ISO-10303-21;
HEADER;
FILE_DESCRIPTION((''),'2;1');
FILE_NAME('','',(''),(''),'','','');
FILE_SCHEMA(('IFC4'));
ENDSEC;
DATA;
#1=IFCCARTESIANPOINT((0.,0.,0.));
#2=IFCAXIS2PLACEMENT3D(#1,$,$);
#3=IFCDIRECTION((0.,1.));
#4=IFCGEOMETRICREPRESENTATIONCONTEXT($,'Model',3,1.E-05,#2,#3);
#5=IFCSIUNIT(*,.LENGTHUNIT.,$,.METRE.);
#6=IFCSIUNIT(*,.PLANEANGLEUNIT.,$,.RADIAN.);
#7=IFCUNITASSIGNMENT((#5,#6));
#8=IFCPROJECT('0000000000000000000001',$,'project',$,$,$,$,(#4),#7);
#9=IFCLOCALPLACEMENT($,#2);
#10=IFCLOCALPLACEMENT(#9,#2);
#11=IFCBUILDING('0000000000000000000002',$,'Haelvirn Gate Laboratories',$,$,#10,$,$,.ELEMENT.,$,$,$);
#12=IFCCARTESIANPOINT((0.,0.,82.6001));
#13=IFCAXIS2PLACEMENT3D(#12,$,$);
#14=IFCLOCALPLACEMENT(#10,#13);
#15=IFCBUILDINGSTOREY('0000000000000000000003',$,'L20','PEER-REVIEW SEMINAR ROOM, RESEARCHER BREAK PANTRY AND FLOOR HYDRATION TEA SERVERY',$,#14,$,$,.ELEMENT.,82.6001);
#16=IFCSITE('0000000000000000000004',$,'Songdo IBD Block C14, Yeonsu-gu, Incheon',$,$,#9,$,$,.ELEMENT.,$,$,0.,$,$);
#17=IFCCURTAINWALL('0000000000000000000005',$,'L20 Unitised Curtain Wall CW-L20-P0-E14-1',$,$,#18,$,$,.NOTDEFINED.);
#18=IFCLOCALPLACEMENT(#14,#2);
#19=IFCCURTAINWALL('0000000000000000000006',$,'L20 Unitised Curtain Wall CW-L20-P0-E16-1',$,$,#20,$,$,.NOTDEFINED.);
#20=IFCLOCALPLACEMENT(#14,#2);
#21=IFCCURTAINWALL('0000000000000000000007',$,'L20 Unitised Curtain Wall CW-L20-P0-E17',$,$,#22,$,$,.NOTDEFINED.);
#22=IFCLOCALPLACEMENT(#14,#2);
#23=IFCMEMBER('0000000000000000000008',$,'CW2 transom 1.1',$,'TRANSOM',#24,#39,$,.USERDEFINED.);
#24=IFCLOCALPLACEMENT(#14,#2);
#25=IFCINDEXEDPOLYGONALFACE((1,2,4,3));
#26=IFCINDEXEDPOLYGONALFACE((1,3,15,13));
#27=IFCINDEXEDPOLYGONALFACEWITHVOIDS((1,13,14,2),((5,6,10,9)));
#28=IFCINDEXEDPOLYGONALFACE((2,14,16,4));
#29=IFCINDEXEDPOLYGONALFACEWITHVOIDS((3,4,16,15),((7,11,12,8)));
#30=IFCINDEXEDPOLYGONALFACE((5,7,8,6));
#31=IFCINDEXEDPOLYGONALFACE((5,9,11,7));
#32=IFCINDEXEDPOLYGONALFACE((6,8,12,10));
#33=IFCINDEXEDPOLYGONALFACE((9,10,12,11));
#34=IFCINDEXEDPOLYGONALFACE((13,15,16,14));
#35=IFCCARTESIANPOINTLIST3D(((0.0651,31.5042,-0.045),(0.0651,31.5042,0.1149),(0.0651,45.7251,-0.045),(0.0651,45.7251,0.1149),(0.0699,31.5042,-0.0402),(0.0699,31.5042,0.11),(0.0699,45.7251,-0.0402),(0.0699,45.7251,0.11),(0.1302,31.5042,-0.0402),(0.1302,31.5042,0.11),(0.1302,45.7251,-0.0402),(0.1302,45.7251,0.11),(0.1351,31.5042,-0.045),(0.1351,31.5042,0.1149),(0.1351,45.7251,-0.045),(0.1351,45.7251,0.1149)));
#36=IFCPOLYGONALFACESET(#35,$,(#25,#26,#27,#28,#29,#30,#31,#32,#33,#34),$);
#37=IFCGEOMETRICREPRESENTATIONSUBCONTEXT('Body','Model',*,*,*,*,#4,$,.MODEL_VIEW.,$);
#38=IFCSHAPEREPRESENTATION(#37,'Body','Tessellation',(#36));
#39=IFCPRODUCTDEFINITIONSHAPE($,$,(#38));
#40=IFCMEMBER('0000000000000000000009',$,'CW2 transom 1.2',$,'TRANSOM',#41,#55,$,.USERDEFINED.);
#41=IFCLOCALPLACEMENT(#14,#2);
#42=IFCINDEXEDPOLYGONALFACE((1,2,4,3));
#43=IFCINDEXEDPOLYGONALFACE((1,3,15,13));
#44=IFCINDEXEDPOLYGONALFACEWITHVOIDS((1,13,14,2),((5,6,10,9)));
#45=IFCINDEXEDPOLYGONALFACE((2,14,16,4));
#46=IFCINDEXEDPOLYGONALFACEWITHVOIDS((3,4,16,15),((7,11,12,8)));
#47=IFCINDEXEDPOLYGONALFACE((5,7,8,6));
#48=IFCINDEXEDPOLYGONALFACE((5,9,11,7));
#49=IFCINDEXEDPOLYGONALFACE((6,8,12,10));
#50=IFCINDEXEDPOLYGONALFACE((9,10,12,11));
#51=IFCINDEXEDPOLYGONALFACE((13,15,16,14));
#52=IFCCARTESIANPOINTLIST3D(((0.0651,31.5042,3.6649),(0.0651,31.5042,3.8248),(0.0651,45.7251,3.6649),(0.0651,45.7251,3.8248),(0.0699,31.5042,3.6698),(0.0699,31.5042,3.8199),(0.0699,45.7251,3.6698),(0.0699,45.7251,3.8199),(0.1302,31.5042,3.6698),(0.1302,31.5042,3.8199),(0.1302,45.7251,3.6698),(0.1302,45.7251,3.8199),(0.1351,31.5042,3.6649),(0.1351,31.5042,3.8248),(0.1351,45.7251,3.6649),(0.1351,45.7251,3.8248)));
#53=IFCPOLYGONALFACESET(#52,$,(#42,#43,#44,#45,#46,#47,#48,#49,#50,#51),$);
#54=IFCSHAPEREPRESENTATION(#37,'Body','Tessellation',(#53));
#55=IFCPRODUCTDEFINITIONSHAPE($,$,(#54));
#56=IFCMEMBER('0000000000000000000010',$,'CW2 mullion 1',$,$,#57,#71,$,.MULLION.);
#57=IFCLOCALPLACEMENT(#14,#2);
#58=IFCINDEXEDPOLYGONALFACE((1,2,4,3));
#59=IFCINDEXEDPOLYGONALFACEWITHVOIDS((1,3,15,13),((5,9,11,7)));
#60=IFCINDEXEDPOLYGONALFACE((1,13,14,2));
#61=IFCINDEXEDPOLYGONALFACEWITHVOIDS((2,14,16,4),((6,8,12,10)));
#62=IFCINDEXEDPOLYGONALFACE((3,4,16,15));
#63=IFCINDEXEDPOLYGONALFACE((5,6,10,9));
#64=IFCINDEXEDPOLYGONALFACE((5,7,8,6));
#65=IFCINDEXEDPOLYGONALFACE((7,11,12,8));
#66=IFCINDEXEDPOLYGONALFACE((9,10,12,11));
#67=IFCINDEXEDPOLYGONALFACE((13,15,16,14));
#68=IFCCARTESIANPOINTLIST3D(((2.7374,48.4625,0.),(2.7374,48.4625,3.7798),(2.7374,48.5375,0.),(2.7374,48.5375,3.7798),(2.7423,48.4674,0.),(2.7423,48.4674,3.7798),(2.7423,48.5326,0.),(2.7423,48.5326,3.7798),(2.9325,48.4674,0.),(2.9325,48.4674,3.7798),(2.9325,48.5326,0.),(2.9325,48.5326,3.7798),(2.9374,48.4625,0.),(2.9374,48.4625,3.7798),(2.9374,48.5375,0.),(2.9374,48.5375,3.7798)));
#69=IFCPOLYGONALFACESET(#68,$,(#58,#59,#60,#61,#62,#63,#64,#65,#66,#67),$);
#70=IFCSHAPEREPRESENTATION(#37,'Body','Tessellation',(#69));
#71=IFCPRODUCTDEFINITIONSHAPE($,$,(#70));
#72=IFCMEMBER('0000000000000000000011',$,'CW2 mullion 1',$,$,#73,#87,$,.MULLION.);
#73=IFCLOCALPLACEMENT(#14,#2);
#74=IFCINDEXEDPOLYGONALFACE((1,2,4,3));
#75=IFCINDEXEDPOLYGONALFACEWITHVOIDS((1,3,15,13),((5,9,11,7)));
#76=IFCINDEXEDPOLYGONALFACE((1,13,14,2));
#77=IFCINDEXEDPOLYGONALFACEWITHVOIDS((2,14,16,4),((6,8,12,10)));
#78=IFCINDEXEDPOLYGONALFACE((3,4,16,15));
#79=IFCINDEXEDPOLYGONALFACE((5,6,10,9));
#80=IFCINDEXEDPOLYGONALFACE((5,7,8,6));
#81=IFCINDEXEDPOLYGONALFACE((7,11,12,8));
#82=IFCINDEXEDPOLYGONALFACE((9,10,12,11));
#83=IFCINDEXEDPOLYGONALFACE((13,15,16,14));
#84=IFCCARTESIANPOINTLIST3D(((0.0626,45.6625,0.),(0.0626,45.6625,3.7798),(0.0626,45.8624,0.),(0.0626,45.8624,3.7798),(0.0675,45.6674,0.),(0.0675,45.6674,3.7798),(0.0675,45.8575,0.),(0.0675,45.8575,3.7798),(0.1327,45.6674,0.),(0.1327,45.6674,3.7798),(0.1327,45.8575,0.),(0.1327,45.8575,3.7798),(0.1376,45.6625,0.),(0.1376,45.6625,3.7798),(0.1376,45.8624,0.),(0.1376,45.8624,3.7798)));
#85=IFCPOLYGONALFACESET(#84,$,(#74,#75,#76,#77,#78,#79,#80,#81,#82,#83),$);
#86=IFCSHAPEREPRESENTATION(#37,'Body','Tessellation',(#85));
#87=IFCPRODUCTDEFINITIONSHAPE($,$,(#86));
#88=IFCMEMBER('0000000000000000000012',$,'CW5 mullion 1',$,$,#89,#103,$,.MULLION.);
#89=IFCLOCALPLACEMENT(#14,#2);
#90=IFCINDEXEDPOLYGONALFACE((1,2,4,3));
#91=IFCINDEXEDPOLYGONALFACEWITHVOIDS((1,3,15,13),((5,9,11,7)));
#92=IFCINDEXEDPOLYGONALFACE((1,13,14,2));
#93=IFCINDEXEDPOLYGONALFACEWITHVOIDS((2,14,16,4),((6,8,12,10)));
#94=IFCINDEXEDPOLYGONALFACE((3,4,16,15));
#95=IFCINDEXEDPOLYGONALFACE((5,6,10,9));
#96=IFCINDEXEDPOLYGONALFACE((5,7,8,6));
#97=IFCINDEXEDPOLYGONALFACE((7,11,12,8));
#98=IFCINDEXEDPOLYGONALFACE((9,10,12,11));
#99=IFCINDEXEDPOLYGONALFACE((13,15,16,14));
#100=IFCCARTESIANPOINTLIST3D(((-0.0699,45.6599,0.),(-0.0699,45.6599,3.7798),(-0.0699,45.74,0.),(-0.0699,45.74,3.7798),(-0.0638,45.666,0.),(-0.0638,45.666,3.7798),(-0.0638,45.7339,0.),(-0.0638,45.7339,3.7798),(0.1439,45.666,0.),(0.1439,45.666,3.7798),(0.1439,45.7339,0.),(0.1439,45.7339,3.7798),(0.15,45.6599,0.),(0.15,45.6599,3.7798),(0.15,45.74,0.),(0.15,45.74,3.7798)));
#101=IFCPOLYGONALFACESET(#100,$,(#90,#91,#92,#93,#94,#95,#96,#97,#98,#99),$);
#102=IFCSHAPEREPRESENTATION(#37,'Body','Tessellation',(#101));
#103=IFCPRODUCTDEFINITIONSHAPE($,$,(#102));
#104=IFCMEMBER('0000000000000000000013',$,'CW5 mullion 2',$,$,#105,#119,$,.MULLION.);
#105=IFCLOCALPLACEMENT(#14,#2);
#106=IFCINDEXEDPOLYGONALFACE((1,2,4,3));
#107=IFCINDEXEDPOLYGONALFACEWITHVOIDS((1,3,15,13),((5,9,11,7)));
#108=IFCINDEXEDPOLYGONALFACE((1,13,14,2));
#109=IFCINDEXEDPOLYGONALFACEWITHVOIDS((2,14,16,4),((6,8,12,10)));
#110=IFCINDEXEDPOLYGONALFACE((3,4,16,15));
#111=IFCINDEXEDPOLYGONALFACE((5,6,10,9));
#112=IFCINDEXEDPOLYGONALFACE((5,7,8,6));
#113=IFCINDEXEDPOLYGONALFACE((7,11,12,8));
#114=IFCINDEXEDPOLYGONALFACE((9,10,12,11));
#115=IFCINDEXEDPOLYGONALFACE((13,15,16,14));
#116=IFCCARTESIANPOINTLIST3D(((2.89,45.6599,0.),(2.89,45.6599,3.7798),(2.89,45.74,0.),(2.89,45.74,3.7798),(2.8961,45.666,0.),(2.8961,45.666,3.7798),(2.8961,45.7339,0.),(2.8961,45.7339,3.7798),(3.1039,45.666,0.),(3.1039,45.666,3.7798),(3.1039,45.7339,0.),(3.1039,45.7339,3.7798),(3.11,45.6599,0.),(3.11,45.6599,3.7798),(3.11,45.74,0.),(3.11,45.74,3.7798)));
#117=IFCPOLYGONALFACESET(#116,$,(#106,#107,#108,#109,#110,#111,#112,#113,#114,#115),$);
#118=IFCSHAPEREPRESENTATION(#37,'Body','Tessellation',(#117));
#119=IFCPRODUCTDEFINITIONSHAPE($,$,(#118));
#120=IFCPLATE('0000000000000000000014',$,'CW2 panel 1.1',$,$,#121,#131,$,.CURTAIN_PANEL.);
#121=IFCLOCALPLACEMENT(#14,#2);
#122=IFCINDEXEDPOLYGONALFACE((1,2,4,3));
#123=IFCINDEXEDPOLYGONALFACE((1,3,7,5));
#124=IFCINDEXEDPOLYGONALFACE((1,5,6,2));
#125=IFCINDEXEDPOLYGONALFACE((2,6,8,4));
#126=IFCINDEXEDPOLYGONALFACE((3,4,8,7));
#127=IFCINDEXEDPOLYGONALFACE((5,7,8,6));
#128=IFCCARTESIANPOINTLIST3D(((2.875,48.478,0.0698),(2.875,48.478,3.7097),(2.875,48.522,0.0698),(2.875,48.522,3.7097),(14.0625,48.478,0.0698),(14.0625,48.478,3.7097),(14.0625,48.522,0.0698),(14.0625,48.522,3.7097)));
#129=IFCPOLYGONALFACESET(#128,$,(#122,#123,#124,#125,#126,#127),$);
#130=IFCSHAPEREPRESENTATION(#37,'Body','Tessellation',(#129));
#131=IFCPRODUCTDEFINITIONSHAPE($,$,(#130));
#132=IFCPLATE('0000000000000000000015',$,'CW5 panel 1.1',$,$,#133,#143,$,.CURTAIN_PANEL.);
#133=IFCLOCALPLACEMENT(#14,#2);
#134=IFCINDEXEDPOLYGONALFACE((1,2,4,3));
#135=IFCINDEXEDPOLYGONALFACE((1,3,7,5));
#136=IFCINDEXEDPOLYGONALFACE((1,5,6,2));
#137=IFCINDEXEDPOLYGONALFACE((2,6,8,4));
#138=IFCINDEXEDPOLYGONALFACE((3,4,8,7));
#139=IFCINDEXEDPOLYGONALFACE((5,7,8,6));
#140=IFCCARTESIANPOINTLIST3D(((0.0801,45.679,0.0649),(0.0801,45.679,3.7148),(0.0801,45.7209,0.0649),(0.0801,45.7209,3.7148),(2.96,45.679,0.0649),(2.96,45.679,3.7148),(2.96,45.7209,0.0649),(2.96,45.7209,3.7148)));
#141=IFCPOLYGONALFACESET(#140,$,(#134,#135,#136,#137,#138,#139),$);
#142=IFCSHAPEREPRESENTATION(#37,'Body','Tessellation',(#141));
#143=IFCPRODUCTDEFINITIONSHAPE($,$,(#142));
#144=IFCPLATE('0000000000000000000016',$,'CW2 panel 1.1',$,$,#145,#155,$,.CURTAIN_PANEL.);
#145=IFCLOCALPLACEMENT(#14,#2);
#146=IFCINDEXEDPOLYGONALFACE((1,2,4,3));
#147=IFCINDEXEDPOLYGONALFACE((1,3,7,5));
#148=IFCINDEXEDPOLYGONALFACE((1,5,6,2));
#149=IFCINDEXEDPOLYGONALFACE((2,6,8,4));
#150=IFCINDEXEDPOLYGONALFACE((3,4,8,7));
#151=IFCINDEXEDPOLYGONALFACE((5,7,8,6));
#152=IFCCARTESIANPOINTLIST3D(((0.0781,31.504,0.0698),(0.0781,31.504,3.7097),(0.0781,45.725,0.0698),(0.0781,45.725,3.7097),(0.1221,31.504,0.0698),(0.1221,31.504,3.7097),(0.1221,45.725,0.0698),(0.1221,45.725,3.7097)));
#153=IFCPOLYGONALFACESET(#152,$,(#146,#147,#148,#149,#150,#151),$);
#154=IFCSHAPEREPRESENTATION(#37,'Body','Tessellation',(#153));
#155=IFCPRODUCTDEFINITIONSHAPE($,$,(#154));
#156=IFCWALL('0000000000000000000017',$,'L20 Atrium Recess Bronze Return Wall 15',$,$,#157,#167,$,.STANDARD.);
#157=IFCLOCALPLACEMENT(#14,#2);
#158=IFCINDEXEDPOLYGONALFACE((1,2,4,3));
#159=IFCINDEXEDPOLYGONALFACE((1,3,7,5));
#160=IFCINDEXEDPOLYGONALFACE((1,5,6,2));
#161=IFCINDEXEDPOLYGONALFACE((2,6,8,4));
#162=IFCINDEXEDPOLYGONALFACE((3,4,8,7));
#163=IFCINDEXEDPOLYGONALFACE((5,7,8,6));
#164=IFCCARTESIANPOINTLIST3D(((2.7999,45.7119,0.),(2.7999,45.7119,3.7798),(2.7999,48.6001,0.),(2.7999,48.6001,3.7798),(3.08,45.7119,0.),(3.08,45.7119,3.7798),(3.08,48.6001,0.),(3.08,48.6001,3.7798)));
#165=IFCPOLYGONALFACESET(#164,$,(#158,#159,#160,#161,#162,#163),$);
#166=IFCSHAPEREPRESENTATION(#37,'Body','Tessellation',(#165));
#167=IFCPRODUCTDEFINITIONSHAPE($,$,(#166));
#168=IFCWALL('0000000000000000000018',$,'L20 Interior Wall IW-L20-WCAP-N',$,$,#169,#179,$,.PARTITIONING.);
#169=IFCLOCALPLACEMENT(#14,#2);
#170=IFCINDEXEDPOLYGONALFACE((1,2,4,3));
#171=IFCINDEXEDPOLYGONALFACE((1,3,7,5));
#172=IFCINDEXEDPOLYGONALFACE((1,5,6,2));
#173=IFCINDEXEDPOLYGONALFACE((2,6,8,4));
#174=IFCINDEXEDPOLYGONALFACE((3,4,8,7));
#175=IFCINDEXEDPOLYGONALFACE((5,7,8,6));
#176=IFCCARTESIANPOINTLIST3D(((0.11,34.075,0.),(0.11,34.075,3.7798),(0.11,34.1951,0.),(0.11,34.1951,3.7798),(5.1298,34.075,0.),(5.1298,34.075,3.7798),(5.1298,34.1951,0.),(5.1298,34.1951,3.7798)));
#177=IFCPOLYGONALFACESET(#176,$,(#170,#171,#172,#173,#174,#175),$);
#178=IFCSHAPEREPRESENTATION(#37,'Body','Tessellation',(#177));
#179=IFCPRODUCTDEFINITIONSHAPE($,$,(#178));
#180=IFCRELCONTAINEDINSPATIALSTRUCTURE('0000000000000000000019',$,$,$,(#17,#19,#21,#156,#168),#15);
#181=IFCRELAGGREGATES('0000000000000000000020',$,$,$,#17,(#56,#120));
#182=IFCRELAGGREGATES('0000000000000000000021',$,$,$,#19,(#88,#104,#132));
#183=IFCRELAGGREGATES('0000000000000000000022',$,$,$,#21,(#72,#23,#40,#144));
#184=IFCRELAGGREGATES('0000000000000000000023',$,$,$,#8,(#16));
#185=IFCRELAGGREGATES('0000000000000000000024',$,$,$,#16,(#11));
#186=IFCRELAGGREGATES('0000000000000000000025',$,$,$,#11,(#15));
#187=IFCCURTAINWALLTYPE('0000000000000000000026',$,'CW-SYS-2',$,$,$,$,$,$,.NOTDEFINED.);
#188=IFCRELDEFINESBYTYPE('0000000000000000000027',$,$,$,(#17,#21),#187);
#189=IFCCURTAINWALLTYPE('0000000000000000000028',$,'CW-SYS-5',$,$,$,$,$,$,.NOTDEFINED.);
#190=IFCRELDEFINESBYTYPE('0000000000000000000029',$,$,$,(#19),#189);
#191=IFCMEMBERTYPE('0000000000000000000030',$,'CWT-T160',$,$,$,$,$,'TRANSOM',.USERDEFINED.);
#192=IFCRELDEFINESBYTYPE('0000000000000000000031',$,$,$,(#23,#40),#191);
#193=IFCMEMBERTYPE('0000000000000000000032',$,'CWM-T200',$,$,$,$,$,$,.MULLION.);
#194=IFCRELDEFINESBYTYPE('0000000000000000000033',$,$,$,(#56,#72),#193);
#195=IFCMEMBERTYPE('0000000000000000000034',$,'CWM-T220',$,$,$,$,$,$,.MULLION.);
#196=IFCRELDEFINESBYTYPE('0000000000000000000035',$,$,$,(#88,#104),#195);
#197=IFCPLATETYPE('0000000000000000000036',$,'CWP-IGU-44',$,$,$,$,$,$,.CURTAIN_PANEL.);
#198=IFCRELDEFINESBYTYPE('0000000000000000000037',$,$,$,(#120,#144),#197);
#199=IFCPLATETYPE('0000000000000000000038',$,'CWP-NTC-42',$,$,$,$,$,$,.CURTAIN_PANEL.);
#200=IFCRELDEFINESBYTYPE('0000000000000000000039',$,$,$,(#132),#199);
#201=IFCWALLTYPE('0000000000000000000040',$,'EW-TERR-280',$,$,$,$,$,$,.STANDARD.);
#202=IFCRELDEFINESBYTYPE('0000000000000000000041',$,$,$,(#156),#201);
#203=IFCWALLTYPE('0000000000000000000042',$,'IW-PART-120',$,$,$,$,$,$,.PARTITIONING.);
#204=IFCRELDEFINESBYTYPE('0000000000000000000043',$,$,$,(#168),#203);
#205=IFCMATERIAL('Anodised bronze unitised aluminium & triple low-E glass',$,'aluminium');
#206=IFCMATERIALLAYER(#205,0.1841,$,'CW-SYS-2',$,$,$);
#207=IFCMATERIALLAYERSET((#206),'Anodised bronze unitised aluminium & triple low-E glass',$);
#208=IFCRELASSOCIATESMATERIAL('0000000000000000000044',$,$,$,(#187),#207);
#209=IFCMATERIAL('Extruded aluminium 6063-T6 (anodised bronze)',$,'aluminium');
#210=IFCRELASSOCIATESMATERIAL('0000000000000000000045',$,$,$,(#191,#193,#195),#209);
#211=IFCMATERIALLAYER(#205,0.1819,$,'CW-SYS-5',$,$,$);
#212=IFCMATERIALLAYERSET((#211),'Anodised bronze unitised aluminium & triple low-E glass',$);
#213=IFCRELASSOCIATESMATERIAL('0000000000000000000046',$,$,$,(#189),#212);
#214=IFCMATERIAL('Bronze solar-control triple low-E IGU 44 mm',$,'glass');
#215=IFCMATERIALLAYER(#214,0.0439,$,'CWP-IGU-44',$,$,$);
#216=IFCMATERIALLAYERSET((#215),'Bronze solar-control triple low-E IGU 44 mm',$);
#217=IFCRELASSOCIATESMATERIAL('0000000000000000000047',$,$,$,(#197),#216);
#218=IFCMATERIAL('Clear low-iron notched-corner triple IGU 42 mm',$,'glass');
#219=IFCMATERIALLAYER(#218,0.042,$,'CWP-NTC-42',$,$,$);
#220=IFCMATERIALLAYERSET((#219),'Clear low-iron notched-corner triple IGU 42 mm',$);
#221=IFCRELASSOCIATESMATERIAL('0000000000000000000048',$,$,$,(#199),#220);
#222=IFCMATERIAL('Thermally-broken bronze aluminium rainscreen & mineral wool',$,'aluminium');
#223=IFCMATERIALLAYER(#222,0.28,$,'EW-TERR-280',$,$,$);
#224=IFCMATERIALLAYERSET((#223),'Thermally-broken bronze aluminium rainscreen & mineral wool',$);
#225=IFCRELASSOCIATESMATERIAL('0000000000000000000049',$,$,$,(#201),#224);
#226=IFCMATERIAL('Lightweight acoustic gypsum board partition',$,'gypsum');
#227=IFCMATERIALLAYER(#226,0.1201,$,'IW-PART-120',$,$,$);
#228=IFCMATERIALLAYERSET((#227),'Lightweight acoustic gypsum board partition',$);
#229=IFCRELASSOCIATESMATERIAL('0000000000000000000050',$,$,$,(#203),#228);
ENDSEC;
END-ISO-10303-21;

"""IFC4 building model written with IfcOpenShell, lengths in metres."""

from ifc_helpers import new_model, si_unit, direction, frame, frame_2d, origin, origin_2d, place, context, subcontext, project, spatial, rectangle, hollow_rectangle, extrude, source, transform, mapped, material, layer, layer_set, material_profile, profile_set, type_object, type_shapes, element, aggregate, save


model = new_model("IFC4")

# Units and contexts
model_context = context("Model", 3, precision=1e-05, world=origin(), true_north=direction((0.0, 1.0)))
body_context = subcontext(model_context, "Body", "Model", "MODEL_VIEW")
ifc_project = project(units=[si_unit("LENGTHUNIT", "METRE"), si_unit("PLANEANGLEUNIT", "RADIAN")], contexts=[model_context])

# Site, building, storey
site_placement = place(None, origin())
site = spatial("IfcSite", under=ifc_project, at=site_placement, Name="Songdo IBD Block C14, Yeonsu-gu, Incheon", CompositionType="ELEMENT", RefElevation=0.0)
building_placement = place(site_placement, origin())
building = spatial("IfcBuilding", under=site, at=building_placement, Name="Haelvirn Gate Laboratories", CompositionType="ELEMENT")
storey_placement = place(building_placement, frame((0.0, 0.0, 82.6001)))
storey = spatial("IfcBuildingStorey", under=building, at=storey_placement, Name="L20", Description="PEER-REVIEW SEMINAR ROOM, RESEARCHER BREAK PANTRY AND FLOOR HYDRATION TEA SERVERY", CompositionType="ELEMENT", Elevation=82.6001)

# Curtain walls, members
ifc_material_1 = material(Name="Anodised bronze unitised aluminium & triple low-E glass", Category="aluminium")
ifc_layer_1 = layer(ifc_material_1, 0.1841, Name="CW-SYS-2")
ifc_layer_set_1 = layer_set([ifc_layer_1], Name="Anodised bronze unitised aluminium & triple low-E glass")
curtain_wall_type_1 = type_object("IfcCurtainWallType", Name="CW-SYS-2", PredefinedType="NOTDEFINED", material=ifc_layer_set_1)
curtain_wall_1_placement = place(storey_placement, origin())
curtain_wall_1 = element("IfcCurtainWall", 1, at=curtain_wall_1_placement, inside=storey, type_object=curtain_wall_type_1, Name="L20 Unitised Curtain Wall CW-L20-P0-E14-1", PredefinedType="NOTDEFINED")
ifc_material_2 = material(Name="Extruded aluminium 6063-T6 (anodised bronze)", Category="aluminium")
ifc_material_profile_1 = material_profile(ifc_material_2, hollow_rectangle(XDim=0.0701, YDim=0.1599, WallThickness=0.0049, at=origin_2d()), Name="CWT-160x70x5")
ifc_profile_set_1 = profile_set([ifc_material_profile_1], Name="Extruded aluminium 6063-T6 (anodised bronze)")
member_type_1 = type_object("IfcMemberType", Name="CWT-T160", ElementType="TRANSOM", PredefinedType="USERDEFINED", material=ifc_profile_set_1)
ifc_layer_2 = layer(ifc_material_1, 0.1819, Name="CW-SYS-5")
ifc_layer_set_2 = layer_set([ifc_layer_2], Name="Anodised bronze unitised aluminium & triple low-E glass")
curtain_wall_type_2 = type_object("IfcCurtainWallType", Name="CW-SYS-5", PredefinedType="NOTDEFINED", material=ifc_layer_set_2)
curtain_wall_2_placement = place(storey_placement, origin())
curtain_wall_2 = element("IfcCurtainWall", 2, at=curtain_wall_2_placement, inside=storey, type_object=curtain_wall_type_2, Name="L20 Unitised Curtain Wall CW-L20-P0-E16-1", PredefinedType="NOTDEFINED")
curtain_wall_3_placement = place(storey_placement, origin())
curtain_wall_3 = element("IfcCurtainWall", 3, at=curtain_wall_3_placement, inside=storey, type_object=curtain_wall_type_1, Name="L20 Unitised Curtain Wall CW-L20-P0-E17", PredefinedType="NOTDEFINED")
shared_shape_1 = source(origin(), body_context, "Body", "SweptSolid", [
    extrude(hollow_rectangle(XDim=0.0701, YDim=0.1599, WallThickness=0.0049, at=origin_2d()), origin(), (0.0, 0.0, 1.0), 14.2209),
])
member_1_placement = place(storey_placement, frame((0.1001, 45.7251, 0.0349), z_axis=(0.0, -1.0, 0.0), x_axis=(1.0, 0.0, 0.0)))
member_1 = element("IfcMember", 4, at=member_1_placement, type_object=member_type_1, Name="CW2 transom 1.1", ObjectType="TRANSOM", PredefinedType="USERDEFINED", context=body_context, shape_type="MappedRepresentation", body=[
    mapped(shared_shape_1, transform((0.0, 0.0, 0.0), scale=1.0)),
])
member_2_placement = place(storey_placement, frame((0.1001, 45.7251, 3.7449), z_axis=(0.0, -1.0, 0.0), x_axis=(1.0, 0.0, 0.0)))
member_2 = element("IfcMember", 5, at=member_2_placement, type_object=member_type_1, Name="CW2 transom 1.2", ObjectType="TRANSOM", PredefinedType="USERDEFINED", context=body_context, shape_type="MappedRepresentation", body=[
    mapped(shared_shape_1, transform((0.0, 0.0, 0.0), scale=1.0)),
])

# Members
ifc_material_profile_2 = material_profile(ifc_material_2, hollow_rectangle(XDim=0.075, YDim=0.2, WallThickness=0.0049, at=origin_2d()), Name="CWM-200x75x5")
ifc_profile_set_2 = profile_set([ifc_material_profile_2], Name="Extruded aluminium 6063-T6 (anodised bronze)")
member_type_2 = type_object("IfcMemberType", Name="CWM-T200", PredefinedType="MULLION", material=ifc_profile_set_2)
shared_shape_2 = source(origin(), body_context, "Body", "SweptSolid", [
    extrude(hollow_rectangle(XDim=0.075, YDim=0.2, WallThickness=0.0049, at=origin_2d()), origin(), (0.0, 0.0, 1.0), 3.7798),
])
type_shapes(member_type_2, [shared_shape_2])
member_3_placement = place(storey_placement, frame((2.8374, 48.5, 0.0), z_axis=(0.0, 0.0, 1.0), x_axis=(0.0, 1.0, 0.0)))
member_3 = element("IfcMember", 6, at=member_3_placement, type_object=member_type_2, Name="CW2 mullion 1", PredefinedType="MULLION", context=body_context, shape_type="MappedRepresentation", body=[
    mapped(shared_shape_2, transform((0.0, 0.0, 0.0), scale=1.0)),
])
member_4_placement = place(storey_placement, frame((0.1001, 45.7625, 0.0), z_axis=(0.0, 0.0, 1.0), x_axis=(1.0, 0.0, 0.0)))
member_4 = element("IfcMember", 7, at=member_4_placement, type_object=member_type_2, Name="CW2 mullion 1", PredefinedType="MULLION", context=body_context, shape_type="MappedRepresentation", body=[
    mapped(shared_shape_2, transform((0.0, 0.0, 0.0), scale=1.0)),
])
ifc_material_profile_3 = material_profile(ifc_material_2, hollow_rectangle(XDim=0.0801, YDim=0.22, WallThickness=0.0061, at=origin_2d()), Name="CWM-220x80x6")
ifc_profile_set_3 = profile_set([ifc_material_profile_3], Name="Extruded aluminium 6063-T6 (anodised bronze)")
member_type_3 = type_object("IfcMemberType", Name="CWM-T220", PredefinedType="MULLION", material=ifc_profile_set_3)
shared_shape_3 = source(origin(), body_context, "Body", "SweptSolid", [
    extrude(hollow_rectangle(XDim=0.0801, YDim=0.22, WallThickness=0.0061, at=origin_2d()), origin(), (0.0, 0.0, 1.0), 3.7798),
])
type_shapes(member_type_3, [shared_shape_3])
member_5_placement = place(storey_placement, frame((0.04, 45.7, 0.0), z_axis=(0.0, 0.0, 1.0), x_axis=(0.0, 1.0, 0.0)))
member_5 = element("IfcMember", 8, at=member_5_placement, type_object=member_type_3, Name="CW5 mullion 1", PredefinedType="MULLION", context=body_context, shape_type="MappedRepresentation", body=[
    mapped(shared_shape_3, transform((0.0, 0.0, 0.0), scale=1.0)),
])
member_6_placement = place(storey_placement, frame((3.0, 45.7, 0.0), z_axis=(0.0, 0.0, 1.0), x_axis=(0.0, 1.0, 0.0)))
member_6 = element("IfcMember", 9, at=member_6_placement, type_object=member_type_3, Name="CW5 mullion 2", PredefinedType="MULLION", context=body_context, shape_type="MappedRepresentation", body=[
    mapped(shared_shape_3, transform((0.0, 0.0, 0.0), scale=1.0)),
])

# Plates
ifc_material_3 = material(Name="Bronze solar-control triple low-E IGU 44 mm", Category="glass")
ifc_layer_3 = layer(ifc_material_3, 0.0439, Name="CWP-IGU-44")
ifc_layer_set_3 = layer_set([ifc_layer_3], Name="Bronze solar-control triple low-E IGU 44 mm")
plate_type_1 = type_object("IfcPlateType", Name="CWP-IGU-44", PredefinedType="CURTAIN_PANEL", material=ifc_layer_set_3)
shared_shape_4 = source(origin(), body_context, "Body", "SweptSolid", [
    extrude(rectangle(XDim=11.1875, YDim=0.0439, at=origin_2d()), origin(), (0.0, 0.0, 1.0), 3.6399),
])
plate_1_placement = place(storey_placement, frame((8.4688, 48.5, 0.0698), z_axis=(0.0, 0.0, 1.0), x_axis=(1.0, 0.0, 0.0)))
plate_1 = element("IfcPlate", 10, at=plate_1_placement, type_object=plate_type_1, Name="CW2 panel 1.1", PredefinedType="CURTAIN_PANEL", context=body_context, shape_type="MappedRepresentation", body=[
    mapped(shared_shape_4, transform((0.0, 0.0, 0.0), scale=1.0)),
])
aggregate(curtain_wall_1, [member_3, plate_1])
ifc_material_4 = material(Name="Clear low-iron notched-corner triple IGU 42 mm", Category="glass")
ifc_layer_4 = layer(ifc_material_4, 0.042, Name="CWP-NTC-42")
ifc_layer_set_4 = layer_set([ifc_layer_4], Name="Clear low-iron notched-corner triple IGU 42 mm")
plate_type_2 = type_object("IfcPlateType", Name="CWP-NTC-42", PredefinedType="CURTAIN_PANEL", material=ifc_layer_set_4)
shared_shape_5 = source(origin(), body_context, "Body", "SweptSolid", [
    extrude(rectangle(XDim=2.8799, YDim=0.042, at=origin_2d()), origin(), (0.0, 0.0, 1.0), 3.6499),
])
type_shapes(plate_type_2, [shared_shape_5])
plate_2_placement = place(storey_placement, frame((1.52, 45.7, 0.0649), z_axis=(0.0, 0.0, 1.0), x_axis=(1.0, 0.0, 0.0)))
plate_2 = element("IfcPlate", 11, at=plate_2_placement, type_object=plate_type_2, Name="CW5 panel 1.1", PredefinedType="CURTAIN_PANEL", context=body_context, shape_type="MappedRepresentation", body=[
    mapped(shared_shape_5, transform((0.0, 0.0, 0.0), scale=1.0)),
])
aggregate(curtain_wall_2, [member_5, member_6, plate_2])
shared_shape_6 = source(origin(), body_context, "Body", "SweptSolid", [
    extrude(rectangle(XDim=14.2209, YDim=0.0439, at=origin_2d()), origin(), (0.0, 0.0, 1.0), 3.6399),
])
type_shapes(plate_type_1, [shared_shape_4, shared_shape_6])
plate_3_placement = place(storey_placement, frame((0.1001, 38.6145, 0.0698), z_axis=(0.0, 0.0, 1.0), x_axis=(0.0, -1.0, 0.0)))
plate_3 = element("IfcPlate", 12, at=plate_3_placement, type_object=plate_type_1, Name="CW2 panel 1.1", PredefinedType="CURTAIN_PANEL", context=body_context, shape_type="MappedRepresentation", body=[
    mapped(shared_shape_6, transform((0.0, 0.0, 0.0), scale=1.0)),
])
aggregate(curtain_wall_3, [member_4, member_1, member_2, plate_3])

# Walls
ifc_material_5 = material(Name="Thermally-broken bronze aluminium rainscreen & mineral wool", Category="aluminium")
ifc_layer_5 = layer(ifc_material_5, 0.28, Name="EW-TERR-280")
ifc_layer_set_5 = layer_set([ifc_layer_5], Name="Thermally-broken bronze aluminium rainscreen & mineral wool")
wall_type_1 = type_object("IfcWallType", Name="EW-TERR-280", PredefinedType="STANDARD", material=ifc_layer_set_5)
wall_1_placement = place(storey_placement, frame((2.9399, 48.6001, 0.0), z_axis=(0.0, 0.0, 1.0), x_axis=(0.0, -1.0, 0.0)))
element("IfcWall", 13, at=wall_1_placement, inside=storey, type_object=wall_type_1, Name="L20 Atrium Recess Bronze Return Wall 15", PredefinedType="STANDARD", context=body_context, shape_type="SweptSolid", body=[
    extrude(rectangle(XDim=2.8882, YDim=0.28, at=frame_2d((1.4441, 0.0))), origin(), (0.0, 0.0, 1.0), 3.7798),
])
ifc_material_6 = material(Name="Lightweight acoustic gypsum board partition", Category="gypsum")
ifc_layer_6 = layer(ifc_material_6, 0.1201, Name="IW-PART-120")
ifc_layer_set_6 = layer_set([ifc_layer_6], Name="Lightweight acoustic gypsum board partition")
wall_type_2 = type_object("IfcWallType", Name="IW-PART-120", PredefinedType="PARTITIONING", material=ifc_layer_set_6)
wall_2_placement = place(storey_placement, frame((0.1101, 34.135, 0.0), z_axis=(0.0, 0.0, 1.0), x_axis=(1.0, 0.0, 0.0)))
element("IfcWall", 14, at=wall_2_placement, inside=storey, type_object=wall_type_2, Name="L20 Interior Wall IW-L20-WCAP-N", PredefinedType="PARTITIONING", context=body_context, shape_type="SweptSolid", body=[
    extrude(rectangle(XDim=5.0198, YDim=0.1201, at=frame_2d((2.5098, 0.0))), origin(), (0.0, 0.0, 1.0), 3.7798),
])

save(model, "model.ifc")
